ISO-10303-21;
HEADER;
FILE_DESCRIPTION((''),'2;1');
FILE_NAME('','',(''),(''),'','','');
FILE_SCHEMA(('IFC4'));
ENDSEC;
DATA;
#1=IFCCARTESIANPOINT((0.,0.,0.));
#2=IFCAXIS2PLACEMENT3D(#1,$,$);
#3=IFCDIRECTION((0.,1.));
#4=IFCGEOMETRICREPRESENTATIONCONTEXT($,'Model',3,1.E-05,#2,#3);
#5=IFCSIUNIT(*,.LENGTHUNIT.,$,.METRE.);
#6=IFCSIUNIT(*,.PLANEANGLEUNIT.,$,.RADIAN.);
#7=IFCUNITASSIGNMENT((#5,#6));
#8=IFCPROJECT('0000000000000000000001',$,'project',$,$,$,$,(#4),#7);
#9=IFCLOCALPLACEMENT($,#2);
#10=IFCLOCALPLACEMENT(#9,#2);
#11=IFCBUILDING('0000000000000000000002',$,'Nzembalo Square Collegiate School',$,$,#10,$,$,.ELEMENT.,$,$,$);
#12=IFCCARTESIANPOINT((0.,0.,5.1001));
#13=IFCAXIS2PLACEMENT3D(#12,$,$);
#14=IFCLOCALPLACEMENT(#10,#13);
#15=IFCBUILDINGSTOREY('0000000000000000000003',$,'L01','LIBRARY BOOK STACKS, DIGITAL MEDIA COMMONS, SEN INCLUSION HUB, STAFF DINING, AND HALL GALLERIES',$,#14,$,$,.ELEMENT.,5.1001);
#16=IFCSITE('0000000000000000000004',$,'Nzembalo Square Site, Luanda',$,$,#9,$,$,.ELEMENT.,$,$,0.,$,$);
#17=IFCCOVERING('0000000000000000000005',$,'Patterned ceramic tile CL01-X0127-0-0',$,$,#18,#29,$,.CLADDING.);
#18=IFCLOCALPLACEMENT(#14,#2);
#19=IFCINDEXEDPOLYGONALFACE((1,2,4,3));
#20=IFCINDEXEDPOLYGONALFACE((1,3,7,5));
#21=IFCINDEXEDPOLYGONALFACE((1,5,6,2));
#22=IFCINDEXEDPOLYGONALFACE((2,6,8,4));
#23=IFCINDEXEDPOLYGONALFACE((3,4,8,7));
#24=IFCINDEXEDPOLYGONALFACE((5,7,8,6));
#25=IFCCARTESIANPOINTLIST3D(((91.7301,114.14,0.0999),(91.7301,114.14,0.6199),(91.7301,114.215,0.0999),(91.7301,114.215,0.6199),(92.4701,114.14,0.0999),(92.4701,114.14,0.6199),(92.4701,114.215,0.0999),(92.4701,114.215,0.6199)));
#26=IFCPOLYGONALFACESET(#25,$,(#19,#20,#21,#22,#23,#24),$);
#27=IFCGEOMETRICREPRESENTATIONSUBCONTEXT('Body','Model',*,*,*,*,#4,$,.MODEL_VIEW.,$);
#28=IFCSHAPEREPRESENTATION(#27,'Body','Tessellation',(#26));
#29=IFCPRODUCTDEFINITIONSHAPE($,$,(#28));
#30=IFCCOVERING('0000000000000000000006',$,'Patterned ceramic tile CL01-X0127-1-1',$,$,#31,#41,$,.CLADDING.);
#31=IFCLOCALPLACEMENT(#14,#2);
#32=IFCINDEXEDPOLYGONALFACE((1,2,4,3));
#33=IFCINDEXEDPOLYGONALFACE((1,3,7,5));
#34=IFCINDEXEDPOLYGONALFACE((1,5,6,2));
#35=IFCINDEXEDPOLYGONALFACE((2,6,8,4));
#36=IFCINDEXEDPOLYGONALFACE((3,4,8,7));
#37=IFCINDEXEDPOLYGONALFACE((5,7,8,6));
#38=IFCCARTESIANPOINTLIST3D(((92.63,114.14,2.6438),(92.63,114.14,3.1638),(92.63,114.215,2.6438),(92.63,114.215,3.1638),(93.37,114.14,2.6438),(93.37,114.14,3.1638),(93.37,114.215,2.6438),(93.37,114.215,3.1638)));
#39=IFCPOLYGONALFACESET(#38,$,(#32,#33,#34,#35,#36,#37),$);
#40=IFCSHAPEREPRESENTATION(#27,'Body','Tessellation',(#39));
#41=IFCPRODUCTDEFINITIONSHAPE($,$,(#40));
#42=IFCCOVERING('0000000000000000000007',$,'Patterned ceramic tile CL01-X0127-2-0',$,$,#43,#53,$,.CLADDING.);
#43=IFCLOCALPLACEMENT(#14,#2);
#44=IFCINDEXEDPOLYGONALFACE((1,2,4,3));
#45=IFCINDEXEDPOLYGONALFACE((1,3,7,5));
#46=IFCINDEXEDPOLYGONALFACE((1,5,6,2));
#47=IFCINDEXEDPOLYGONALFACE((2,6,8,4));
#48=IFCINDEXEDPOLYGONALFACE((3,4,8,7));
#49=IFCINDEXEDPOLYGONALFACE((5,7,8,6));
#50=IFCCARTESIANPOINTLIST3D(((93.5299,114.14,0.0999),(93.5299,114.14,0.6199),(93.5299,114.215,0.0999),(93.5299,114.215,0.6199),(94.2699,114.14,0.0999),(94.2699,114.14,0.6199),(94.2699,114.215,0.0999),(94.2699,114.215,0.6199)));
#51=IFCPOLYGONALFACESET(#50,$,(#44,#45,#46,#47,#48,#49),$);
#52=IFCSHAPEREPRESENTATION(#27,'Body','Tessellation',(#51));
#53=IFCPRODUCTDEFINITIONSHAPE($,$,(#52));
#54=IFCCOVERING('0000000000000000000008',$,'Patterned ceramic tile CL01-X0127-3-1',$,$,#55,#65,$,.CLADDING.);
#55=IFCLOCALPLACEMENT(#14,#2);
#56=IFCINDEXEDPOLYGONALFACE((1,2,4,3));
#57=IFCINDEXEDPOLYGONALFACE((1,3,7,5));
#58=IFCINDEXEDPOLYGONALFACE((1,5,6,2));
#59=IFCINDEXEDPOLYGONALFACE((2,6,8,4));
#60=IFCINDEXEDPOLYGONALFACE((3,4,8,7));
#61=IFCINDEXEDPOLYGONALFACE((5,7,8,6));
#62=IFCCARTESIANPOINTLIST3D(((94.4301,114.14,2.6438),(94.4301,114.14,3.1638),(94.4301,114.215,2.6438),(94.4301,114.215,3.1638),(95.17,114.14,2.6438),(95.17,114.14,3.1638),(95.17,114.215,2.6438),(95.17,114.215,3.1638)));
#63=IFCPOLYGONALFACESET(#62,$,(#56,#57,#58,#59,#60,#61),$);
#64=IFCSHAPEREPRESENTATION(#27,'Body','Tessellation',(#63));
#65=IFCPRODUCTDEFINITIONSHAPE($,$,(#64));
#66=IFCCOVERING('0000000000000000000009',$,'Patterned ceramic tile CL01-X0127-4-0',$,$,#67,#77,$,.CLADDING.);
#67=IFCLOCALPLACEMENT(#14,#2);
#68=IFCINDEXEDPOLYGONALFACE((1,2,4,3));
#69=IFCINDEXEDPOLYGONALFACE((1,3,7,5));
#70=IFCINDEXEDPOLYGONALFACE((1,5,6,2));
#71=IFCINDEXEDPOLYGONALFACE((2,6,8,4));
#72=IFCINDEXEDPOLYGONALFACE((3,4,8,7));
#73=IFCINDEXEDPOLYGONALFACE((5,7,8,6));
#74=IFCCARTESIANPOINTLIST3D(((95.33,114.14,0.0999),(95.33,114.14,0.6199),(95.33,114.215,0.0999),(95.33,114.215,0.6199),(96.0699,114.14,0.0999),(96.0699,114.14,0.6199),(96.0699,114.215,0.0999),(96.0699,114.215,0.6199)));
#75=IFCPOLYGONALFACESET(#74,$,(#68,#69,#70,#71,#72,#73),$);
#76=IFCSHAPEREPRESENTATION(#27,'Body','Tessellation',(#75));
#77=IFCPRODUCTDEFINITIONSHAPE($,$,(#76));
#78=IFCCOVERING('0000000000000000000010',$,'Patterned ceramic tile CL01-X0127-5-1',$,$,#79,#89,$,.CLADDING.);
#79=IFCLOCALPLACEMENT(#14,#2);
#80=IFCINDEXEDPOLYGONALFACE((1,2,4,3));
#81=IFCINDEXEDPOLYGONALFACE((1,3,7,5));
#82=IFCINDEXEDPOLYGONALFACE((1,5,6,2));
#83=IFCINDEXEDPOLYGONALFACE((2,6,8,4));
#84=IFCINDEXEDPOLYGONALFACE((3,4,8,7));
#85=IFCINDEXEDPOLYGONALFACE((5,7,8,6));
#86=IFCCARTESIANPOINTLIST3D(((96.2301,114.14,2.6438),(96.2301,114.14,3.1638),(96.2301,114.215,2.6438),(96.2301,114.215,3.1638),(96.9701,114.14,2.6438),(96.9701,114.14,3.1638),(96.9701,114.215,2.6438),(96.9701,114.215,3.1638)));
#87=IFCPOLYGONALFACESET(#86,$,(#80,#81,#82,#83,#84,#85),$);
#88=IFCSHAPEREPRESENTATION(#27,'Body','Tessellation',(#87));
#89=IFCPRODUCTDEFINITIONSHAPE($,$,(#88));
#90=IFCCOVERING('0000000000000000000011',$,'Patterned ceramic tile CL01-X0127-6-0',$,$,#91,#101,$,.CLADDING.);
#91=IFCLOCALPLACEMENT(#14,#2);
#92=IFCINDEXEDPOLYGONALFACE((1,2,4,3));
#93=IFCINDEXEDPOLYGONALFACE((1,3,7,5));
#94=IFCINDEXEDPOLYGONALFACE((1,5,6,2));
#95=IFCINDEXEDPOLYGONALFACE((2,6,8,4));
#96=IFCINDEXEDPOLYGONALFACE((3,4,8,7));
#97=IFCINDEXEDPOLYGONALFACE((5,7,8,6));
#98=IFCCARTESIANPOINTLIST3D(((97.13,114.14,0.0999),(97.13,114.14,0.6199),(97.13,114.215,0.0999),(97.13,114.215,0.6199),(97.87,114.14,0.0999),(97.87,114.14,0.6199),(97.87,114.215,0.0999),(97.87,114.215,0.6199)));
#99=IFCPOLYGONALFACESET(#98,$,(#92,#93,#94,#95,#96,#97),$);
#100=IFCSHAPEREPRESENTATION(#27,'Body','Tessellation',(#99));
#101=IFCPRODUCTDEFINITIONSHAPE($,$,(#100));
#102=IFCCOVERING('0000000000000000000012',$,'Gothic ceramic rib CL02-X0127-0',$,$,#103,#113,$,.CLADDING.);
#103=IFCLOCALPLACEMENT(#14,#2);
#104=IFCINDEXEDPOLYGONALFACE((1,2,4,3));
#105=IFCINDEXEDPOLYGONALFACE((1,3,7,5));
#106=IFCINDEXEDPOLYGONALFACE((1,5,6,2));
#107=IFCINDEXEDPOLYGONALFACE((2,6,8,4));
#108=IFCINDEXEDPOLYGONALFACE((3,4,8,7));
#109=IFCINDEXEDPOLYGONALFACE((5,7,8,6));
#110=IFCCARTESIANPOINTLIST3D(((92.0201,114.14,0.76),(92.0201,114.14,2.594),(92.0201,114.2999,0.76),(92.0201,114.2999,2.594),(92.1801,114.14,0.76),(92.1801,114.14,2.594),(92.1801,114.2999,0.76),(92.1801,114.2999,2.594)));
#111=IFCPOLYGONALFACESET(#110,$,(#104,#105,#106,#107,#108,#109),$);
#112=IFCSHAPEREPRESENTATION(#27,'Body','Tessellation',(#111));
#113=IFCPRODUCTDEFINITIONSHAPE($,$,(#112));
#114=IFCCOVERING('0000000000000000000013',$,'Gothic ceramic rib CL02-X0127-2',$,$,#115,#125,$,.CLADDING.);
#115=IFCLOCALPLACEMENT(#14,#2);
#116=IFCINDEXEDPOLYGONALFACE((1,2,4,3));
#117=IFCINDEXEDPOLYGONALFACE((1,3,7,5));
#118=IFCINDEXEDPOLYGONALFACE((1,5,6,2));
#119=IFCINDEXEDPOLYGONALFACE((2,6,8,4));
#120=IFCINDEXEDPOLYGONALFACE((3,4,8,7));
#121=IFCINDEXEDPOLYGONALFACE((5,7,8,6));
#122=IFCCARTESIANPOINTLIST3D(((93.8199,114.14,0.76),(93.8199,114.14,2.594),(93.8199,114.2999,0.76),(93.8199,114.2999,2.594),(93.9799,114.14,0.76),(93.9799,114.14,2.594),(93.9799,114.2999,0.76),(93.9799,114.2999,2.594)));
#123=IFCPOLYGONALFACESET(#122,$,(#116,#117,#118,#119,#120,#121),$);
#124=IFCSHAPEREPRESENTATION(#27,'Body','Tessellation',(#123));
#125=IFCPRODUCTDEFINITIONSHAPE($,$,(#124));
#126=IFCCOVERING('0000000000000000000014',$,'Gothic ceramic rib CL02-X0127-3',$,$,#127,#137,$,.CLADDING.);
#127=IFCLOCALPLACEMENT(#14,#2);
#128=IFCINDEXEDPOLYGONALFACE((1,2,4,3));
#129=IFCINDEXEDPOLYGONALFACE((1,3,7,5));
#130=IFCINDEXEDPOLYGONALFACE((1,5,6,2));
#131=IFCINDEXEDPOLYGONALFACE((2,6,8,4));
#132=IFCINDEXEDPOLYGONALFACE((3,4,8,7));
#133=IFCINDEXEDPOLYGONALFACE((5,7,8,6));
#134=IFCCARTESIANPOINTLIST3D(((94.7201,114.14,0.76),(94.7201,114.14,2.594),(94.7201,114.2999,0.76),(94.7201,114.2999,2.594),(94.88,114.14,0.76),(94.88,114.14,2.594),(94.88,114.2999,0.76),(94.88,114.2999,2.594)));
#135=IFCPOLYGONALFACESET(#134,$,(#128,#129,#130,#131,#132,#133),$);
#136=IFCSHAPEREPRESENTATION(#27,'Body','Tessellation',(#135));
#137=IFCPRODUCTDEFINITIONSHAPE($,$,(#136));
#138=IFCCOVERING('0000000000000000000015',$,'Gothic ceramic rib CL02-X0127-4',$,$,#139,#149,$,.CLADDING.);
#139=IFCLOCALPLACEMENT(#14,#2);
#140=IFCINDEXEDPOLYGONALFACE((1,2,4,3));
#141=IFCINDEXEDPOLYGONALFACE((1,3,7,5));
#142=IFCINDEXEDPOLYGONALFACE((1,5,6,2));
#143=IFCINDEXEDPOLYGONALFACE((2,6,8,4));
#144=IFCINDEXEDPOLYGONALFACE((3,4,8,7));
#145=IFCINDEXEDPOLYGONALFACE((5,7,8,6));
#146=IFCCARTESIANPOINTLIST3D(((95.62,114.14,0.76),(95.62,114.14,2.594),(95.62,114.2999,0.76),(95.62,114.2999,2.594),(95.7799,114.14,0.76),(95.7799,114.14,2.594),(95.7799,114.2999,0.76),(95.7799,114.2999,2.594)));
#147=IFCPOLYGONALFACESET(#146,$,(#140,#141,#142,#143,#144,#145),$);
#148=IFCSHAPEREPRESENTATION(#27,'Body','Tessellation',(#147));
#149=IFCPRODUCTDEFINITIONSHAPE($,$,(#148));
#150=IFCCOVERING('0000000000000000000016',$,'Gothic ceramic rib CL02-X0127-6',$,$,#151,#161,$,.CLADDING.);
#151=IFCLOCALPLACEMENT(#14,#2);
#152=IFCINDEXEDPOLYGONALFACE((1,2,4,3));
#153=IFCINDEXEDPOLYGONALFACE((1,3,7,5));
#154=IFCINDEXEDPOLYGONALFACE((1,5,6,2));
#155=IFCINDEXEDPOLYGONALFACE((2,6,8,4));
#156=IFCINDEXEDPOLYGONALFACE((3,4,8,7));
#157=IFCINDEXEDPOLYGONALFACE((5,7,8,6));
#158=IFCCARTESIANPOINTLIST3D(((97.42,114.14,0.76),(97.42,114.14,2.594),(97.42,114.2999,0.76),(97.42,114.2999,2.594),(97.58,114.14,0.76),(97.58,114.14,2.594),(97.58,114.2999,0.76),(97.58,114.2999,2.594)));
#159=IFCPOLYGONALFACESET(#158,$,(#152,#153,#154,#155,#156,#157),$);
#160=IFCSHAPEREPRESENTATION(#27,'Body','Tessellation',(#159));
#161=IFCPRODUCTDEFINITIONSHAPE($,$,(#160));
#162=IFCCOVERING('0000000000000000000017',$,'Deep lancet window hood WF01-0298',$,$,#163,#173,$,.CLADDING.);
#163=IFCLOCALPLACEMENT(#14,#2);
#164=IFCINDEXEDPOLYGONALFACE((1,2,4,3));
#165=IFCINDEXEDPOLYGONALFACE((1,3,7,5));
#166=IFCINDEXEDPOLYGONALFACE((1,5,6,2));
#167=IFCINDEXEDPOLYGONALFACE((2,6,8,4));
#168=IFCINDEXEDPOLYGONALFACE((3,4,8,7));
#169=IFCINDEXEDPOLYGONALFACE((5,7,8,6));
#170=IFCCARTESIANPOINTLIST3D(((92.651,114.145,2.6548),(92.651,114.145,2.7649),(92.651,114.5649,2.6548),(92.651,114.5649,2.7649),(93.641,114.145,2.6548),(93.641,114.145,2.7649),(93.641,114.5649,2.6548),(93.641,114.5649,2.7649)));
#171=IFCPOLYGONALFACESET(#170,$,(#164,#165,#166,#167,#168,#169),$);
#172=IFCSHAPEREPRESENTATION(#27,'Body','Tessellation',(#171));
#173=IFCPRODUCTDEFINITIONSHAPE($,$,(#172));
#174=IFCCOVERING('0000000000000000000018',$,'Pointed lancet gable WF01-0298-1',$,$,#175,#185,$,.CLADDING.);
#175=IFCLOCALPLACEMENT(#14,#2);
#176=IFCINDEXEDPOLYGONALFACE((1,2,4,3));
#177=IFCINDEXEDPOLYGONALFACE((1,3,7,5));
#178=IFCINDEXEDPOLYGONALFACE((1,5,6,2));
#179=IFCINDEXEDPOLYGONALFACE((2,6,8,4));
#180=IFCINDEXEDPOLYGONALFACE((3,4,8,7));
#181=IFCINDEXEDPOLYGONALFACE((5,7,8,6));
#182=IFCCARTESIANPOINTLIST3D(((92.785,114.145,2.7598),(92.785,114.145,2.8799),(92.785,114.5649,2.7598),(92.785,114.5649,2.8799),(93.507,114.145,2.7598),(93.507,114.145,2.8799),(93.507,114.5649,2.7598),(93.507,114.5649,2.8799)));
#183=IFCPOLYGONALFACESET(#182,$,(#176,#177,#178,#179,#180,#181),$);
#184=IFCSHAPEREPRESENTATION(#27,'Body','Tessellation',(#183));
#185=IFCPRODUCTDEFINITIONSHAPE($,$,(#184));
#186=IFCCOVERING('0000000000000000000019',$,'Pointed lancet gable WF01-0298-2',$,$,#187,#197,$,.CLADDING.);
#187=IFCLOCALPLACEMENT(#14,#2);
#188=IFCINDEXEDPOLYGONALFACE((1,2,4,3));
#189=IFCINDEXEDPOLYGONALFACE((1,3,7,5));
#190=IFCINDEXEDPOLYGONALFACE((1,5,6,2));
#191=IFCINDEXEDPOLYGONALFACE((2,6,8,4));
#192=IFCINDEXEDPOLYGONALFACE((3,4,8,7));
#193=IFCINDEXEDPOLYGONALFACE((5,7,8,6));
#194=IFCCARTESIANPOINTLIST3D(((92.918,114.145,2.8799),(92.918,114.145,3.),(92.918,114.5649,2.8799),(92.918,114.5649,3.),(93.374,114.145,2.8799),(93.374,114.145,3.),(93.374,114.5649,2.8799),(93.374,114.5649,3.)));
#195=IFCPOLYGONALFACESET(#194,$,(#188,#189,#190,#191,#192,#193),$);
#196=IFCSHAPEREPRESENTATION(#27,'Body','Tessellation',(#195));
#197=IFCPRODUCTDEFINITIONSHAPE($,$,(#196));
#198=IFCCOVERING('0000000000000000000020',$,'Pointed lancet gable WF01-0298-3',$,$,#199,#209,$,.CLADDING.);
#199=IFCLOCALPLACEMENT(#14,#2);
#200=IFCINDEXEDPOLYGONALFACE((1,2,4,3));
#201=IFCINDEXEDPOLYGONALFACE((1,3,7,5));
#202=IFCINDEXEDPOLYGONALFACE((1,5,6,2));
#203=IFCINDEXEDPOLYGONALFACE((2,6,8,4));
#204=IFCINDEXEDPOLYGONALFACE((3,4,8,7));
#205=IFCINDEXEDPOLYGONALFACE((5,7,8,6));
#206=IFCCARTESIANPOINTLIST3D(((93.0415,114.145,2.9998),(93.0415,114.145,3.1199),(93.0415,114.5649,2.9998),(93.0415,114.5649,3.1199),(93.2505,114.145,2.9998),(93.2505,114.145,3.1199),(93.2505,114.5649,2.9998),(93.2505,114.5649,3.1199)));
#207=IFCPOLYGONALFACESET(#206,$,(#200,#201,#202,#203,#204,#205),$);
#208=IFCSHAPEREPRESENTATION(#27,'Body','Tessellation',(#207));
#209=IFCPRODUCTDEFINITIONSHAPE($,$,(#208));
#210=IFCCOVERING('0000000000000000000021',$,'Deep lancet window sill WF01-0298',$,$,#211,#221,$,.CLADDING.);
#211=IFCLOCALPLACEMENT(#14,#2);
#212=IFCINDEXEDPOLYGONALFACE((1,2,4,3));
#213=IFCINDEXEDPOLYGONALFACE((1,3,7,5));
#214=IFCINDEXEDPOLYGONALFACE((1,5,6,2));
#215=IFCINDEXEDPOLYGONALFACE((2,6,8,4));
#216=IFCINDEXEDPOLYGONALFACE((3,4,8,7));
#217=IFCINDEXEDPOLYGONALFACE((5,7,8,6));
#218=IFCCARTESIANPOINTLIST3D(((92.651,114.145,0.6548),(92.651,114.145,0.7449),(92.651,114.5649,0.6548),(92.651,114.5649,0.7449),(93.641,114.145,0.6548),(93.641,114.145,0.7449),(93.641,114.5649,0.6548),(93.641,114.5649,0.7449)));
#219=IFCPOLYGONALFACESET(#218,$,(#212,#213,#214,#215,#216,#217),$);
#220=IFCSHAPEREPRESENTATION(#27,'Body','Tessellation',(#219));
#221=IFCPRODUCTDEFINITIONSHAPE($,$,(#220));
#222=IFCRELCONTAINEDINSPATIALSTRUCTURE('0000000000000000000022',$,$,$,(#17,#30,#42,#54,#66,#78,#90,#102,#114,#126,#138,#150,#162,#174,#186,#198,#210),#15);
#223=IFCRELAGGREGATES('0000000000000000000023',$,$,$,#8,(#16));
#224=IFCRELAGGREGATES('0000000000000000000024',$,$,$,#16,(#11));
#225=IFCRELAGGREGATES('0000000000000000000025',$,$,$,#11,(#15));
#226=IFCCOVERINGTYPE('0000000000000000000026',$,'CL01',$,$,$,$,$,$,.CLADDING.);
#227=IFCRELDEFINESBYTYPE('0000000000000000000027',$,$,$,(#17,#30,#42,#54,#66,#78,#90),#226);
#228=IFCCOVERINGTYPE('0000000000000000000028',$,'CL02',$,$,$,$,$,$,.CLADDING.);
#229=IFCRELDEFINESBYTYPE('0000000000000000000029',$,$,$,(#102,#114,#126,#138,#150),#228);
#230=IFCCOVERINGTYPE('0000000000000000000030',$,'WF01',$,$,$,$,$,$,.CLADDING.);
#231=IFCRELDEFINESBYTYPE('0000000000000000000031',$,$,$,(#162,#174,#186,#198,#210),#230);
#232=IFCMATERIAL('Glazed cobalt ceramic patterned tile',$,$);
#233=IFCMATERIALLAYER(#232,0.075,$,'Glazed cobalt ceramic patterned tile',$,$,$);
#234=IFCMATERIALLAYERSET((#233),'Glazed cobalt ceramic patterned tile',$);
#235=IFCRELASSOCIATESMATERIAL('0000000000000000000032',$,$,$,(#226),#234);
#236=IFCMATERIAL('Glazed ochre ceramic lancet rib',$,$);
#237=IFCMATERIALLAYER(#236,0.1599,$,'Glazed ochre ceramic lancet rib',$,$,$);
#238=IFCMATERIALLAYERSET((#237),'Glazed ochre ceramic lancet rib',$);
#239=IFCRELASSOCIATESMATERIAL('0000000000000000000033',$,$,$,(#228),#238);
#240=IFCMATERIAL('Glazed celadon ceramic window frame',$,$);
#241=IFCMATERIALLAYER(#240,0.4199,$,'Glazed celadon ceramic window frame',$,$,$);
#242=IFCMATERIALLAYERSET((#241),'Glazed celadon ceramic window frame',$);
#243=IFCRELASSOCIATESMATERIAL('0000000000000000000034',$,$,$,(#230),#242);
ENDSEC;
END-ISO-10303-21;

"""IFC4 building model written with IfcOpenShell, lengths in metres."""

from ifc_helpers import new_model, si_unit, direction, frame, origin, origin_2d, place, context, subcontext, project, spatial, rectangle, extrude, material, layer, layer_set, type_object, element, save


model = new_model("IFC4")

# Units and contexts
model_context = context("Model", 3, precision=1e-05, world=origin(), true_north=direction((0.0, 1.0)))
body_context = subcontext(model_context, "Body", "Model", "MODEL_VIEW")
ifc_project = project(units=[si_unit("LENGTHUNIT", "METRE"), si_unit("PLANEANGLEUNIT", "RADIAN")], contexts=[model_context])

# Site, building, storey
site_placement = place(None, origin())
site = spatial("IfcSite", under=ifc_project, at=site_placement, Name="Nzembalo Square Site, Luanda", CompositionType="ELEMENT", RefElevation=0.0)
building_placement = place(site_placement, origin())
building = spatial("IfcBuilding", under=site, at=building_placement, Name="Nzembalo Square Collegiate School", CompositionType="ELEMENT")
storey_placement = place(building_placement, frame((0.0, 0.0, 5.1001)))
storey = spatial("IfcBuildingStorey", under=building, at=storey_placement, Name="L01", Description="LIBRARY BOOK STACKS, DIGITAL MEDIA COMMONS, SEN INCLUSION HUB, STAFF DINING, AND HALL GALLERIES", CompositionType="ELEMENT", Elevation=5.1001)

# Coverings
ifc_material_1 = material(Name="Glazed cobalt ceramic patterned tile")
ifc_layer_1 = layer(ifc_material_1, 0.075, Name="Glazed cobalt ceramic patterned tile")
ifc_layer_set_1 = layer_set([ifc_layer_1], Name="Glazed cobalt ceramic patterned tile")
covering_type_1 = type_object("IfcCoveringType", Name="CL01", PredefinedType="CLADDING", material=ifc_layer_set_1)
for number, where, z_axis, x_axis, name in (
    (1, (92.1001, 114.1775, 0.0999), (0.0, 0.0, 1.0), (1.0, 0.0, 0.0), "Patterned ceramic tile CL01-X0127-0-0"),
    (2, (93.0, 114.1775, 2.6438), (0.0, 0.0, 1.0), (1.0, 0.0, 0.0), "Patterned ceramic tile CL01-X0127-1-1"),
    (3, (93.8999, 114.1775, 0.0999), (0.0, 0.0, 1.0), (1.0, 0.0, 0.0), "Patterned ceramic tile CL01-X0127-2-0"),
    (4, (94.8, 114.1775, 2.6438), (0.0, 0.0, 1.0), (1.0, 0.0, 0.0), "Patterned ceramic tile CL01-X0127-3-1"),
    (5, (95.7, 114.1775, 0.0999), (0.0, 0.0, 1.0), (1.0, 0.0, 0.0), "Patterned ceramic tile CL01-X0127-4-0"),
    (6, (96.6001, 114.1775, 2.6438), (0.0, 0.0, 1.0), (1.0, 0.0, 0.0), "Patterned ceramic tile CL01-X0127-5-1"),
    (7, (97.5, 114.1775, 0.0999), (0.0, 0.0, 1.0), (1.0, 0.0, 0.0), "Patterned ceramic tile CL01-X0127-6-0"),
):
    element("IfcCovering", number, at=place(storey_placement, frame(where, z_axis=z_axis, x_axis=x_axis)), inside=storey, type_object=covering_type_1, Name=name, PredefinedType="CLADDING", context=body_context, shape_type="SweptSolid", body=[
        extrude(rectangle(XDim=0.74, YDim=0.075, at=origin_2d()), origin(), (0.0, 0.0, 1.0), 0.52),
    ])
ifc_material_2 = material(Name="Glazed ochre ceramic lancet rib")
ifc_layer_2 = layer(ifc_material_2, 0.1599, Name="Glazed ochre ceramic lancet rib")
ifc_layer_set_2 = layer_set([ifc_layer_2], Name="Glazed ochre ceramic lancet rib")
covering_type_2 = type_object("IfcCoveringType", Name="CL02", PredefinedType="CLADDING", material=ifc_layer_set_2)
for number, where, z_axis, x_axis, name in (
    (8, (92.1001, 114.22, 0.76), (0.0, 0.0, 1.0), (1.0, 0.0, 0.0), "Gothic ceramic rib CL02-X0127-0"),
    (9, (93.8999, 114.22, 0.76), (0.0, 0.0, 1.0), (1.0, 0.0, 0.0), "Gothic ceramic rib CL02-X0127-2"),
    (10, (94.8, 114.22, 0.76), (0.0, 0.0, 1.0), (1.0, 0.0, 0.0), "Gothic ceramic rib CL02-X0127-3"),
    (11, (95.7, 114.22, 0.76), (0.0, 0.0, 1.0), (1.0, 0.0, 0.0), "Gothic ceramic rib CL02-X0127-4"),
    (12, (97.5, 114.22, 0.76), (0.0, 0.0, 1.0), (1.0, 0.0, 0.0), "Gothic ceramic rib CL02-X0127-6"),
):
    element("IfcCovering", number, at=place(storey_placement, frame(where, z_axis=z_axis, x_axis=x_axis)), inside=storey, type_object=covering_type_2, Name=name, PredefinedType="CLADDING", context=body_context, shape_type="SweptSolid", body=[
        extrude(rectangle(XDim=0.1599, YDim=0.1599, at=origin_2d()), origin(), (0.0, 0.0, 1.0), 1.834),
    ])
ifc_material_3 = material(Name="Glazed celadon ceramic window frame")
ifc_layer_3 = layer(ifc_material_3, 0.4199, Name="Glazed celadon ceramic window frame")
ifc_layer_set_3 = layer_set([ifc_layer_3], Name="Glazed celadon ceramic window frame")
covering_type_3 = type_object("IfcCoveringType", Name="WF01", PredefinedType="CLADDING", material=ifc_layer_set_3)
covering_1_placement = place(storey_placement, frame((93.146, 114.355, 2.6548), z_axis=(0.0, 0.0, 1.0), x_axis=(1.0, 0.0, 0.0)))
element("IfcCovering", 13, at=covering_1_placement, inside=storey, type_object=covering_type_3, Name="Deep lancet window hood WF01-0298", PredefinedType="CLADDING", context=body_context, shape_type="SweptSolid", body=[
    extrude(rectangle(XDim=0.99, YDim=0.4199, at=origin_2d()), origin(), (0.0, 0.0, 1.0), 0.1101),
])
covering_2_placement = place(storey_placement, frame((93.146, 114.355, 2.7598), z_axis=(0.0, 0.0, 1.0), x_axis=(1.0, 0.0, 0.0)))
element("IfcCovering", 14, at=covering_2_placement, inside=storey, type_object=covering_type_3, Name="Pointed lancet gable WF01-0298-1", PredefinedType="CLADDING", context=body_context, shape_type="SweptSolid", body=[
    extrude(rectangle(XDim=0.7219, YDim=0.4199, at=origin_2d()), origin(), (0.0, 0.0, 1.0), 0.1201),
])
covering_3_placement = place(storey_placement, frame((93.146, 114.355, 2.8799), z_axis=(0.0, 0.0, 1.0), x_axis=(1.0, 0.0, 0.0)))
element("IfcCovering", 15, at=covering_3_placement, inside=storey, type_object=covering_type_3, Name="Pointed lancet gable WF01-0298-2", PredefinedType="CLADDING", context=body_context, shape_type="SweptSolid", body=[
    extrude(rectangle(XDim=0.4561, YDim=0.4199, at=origin_2d()), origin(), (0.0, 0.0, 1.0), 0.1201),
])
covering_4_placement = place(storey_placement, frame((93.146, 114.355, 2.9998), z_axis=(0.0, 0.0, 1.0), x_axis=(1.0, 0.0, 0.0)))
element("IfcCovering", 16, at=covering_4_placement, inside=storey, type_object=covering_type_3, Name="Pointed lancet gable WF01-0298-3", PredefinedType="CLADDING", context=body_context, shape_type="SweptSolid", body=[
    extrude(rectangle(XDim=0.209, YDim=0.4199, at=origin_2d()), origin(), (0.0, 0.0, 1.0), 0.1201),
])
covering_5_placement = place(storey_placement, frame((93.146, 114.355, 0.6548), z_axis=(0.0, 0.0, 1.0), x_axis=(1.0, 0.0, 0.0)))
element("IfcCovering", 17, at=covering_5_placement, inside=storey, type_object=covering_type_3, Name="Deep lancet window sill WF01-0298", PredefinedType="CLADDING", context=body_context, shape_type="SweptSolid", body=[
    extrude(rectangle(XDim=0.99, YDim=0.4199, at=origin_2d()), origin(), (0.0, 0.0, 1.0), 0.0901),
])

save(model, "model.ifc")
